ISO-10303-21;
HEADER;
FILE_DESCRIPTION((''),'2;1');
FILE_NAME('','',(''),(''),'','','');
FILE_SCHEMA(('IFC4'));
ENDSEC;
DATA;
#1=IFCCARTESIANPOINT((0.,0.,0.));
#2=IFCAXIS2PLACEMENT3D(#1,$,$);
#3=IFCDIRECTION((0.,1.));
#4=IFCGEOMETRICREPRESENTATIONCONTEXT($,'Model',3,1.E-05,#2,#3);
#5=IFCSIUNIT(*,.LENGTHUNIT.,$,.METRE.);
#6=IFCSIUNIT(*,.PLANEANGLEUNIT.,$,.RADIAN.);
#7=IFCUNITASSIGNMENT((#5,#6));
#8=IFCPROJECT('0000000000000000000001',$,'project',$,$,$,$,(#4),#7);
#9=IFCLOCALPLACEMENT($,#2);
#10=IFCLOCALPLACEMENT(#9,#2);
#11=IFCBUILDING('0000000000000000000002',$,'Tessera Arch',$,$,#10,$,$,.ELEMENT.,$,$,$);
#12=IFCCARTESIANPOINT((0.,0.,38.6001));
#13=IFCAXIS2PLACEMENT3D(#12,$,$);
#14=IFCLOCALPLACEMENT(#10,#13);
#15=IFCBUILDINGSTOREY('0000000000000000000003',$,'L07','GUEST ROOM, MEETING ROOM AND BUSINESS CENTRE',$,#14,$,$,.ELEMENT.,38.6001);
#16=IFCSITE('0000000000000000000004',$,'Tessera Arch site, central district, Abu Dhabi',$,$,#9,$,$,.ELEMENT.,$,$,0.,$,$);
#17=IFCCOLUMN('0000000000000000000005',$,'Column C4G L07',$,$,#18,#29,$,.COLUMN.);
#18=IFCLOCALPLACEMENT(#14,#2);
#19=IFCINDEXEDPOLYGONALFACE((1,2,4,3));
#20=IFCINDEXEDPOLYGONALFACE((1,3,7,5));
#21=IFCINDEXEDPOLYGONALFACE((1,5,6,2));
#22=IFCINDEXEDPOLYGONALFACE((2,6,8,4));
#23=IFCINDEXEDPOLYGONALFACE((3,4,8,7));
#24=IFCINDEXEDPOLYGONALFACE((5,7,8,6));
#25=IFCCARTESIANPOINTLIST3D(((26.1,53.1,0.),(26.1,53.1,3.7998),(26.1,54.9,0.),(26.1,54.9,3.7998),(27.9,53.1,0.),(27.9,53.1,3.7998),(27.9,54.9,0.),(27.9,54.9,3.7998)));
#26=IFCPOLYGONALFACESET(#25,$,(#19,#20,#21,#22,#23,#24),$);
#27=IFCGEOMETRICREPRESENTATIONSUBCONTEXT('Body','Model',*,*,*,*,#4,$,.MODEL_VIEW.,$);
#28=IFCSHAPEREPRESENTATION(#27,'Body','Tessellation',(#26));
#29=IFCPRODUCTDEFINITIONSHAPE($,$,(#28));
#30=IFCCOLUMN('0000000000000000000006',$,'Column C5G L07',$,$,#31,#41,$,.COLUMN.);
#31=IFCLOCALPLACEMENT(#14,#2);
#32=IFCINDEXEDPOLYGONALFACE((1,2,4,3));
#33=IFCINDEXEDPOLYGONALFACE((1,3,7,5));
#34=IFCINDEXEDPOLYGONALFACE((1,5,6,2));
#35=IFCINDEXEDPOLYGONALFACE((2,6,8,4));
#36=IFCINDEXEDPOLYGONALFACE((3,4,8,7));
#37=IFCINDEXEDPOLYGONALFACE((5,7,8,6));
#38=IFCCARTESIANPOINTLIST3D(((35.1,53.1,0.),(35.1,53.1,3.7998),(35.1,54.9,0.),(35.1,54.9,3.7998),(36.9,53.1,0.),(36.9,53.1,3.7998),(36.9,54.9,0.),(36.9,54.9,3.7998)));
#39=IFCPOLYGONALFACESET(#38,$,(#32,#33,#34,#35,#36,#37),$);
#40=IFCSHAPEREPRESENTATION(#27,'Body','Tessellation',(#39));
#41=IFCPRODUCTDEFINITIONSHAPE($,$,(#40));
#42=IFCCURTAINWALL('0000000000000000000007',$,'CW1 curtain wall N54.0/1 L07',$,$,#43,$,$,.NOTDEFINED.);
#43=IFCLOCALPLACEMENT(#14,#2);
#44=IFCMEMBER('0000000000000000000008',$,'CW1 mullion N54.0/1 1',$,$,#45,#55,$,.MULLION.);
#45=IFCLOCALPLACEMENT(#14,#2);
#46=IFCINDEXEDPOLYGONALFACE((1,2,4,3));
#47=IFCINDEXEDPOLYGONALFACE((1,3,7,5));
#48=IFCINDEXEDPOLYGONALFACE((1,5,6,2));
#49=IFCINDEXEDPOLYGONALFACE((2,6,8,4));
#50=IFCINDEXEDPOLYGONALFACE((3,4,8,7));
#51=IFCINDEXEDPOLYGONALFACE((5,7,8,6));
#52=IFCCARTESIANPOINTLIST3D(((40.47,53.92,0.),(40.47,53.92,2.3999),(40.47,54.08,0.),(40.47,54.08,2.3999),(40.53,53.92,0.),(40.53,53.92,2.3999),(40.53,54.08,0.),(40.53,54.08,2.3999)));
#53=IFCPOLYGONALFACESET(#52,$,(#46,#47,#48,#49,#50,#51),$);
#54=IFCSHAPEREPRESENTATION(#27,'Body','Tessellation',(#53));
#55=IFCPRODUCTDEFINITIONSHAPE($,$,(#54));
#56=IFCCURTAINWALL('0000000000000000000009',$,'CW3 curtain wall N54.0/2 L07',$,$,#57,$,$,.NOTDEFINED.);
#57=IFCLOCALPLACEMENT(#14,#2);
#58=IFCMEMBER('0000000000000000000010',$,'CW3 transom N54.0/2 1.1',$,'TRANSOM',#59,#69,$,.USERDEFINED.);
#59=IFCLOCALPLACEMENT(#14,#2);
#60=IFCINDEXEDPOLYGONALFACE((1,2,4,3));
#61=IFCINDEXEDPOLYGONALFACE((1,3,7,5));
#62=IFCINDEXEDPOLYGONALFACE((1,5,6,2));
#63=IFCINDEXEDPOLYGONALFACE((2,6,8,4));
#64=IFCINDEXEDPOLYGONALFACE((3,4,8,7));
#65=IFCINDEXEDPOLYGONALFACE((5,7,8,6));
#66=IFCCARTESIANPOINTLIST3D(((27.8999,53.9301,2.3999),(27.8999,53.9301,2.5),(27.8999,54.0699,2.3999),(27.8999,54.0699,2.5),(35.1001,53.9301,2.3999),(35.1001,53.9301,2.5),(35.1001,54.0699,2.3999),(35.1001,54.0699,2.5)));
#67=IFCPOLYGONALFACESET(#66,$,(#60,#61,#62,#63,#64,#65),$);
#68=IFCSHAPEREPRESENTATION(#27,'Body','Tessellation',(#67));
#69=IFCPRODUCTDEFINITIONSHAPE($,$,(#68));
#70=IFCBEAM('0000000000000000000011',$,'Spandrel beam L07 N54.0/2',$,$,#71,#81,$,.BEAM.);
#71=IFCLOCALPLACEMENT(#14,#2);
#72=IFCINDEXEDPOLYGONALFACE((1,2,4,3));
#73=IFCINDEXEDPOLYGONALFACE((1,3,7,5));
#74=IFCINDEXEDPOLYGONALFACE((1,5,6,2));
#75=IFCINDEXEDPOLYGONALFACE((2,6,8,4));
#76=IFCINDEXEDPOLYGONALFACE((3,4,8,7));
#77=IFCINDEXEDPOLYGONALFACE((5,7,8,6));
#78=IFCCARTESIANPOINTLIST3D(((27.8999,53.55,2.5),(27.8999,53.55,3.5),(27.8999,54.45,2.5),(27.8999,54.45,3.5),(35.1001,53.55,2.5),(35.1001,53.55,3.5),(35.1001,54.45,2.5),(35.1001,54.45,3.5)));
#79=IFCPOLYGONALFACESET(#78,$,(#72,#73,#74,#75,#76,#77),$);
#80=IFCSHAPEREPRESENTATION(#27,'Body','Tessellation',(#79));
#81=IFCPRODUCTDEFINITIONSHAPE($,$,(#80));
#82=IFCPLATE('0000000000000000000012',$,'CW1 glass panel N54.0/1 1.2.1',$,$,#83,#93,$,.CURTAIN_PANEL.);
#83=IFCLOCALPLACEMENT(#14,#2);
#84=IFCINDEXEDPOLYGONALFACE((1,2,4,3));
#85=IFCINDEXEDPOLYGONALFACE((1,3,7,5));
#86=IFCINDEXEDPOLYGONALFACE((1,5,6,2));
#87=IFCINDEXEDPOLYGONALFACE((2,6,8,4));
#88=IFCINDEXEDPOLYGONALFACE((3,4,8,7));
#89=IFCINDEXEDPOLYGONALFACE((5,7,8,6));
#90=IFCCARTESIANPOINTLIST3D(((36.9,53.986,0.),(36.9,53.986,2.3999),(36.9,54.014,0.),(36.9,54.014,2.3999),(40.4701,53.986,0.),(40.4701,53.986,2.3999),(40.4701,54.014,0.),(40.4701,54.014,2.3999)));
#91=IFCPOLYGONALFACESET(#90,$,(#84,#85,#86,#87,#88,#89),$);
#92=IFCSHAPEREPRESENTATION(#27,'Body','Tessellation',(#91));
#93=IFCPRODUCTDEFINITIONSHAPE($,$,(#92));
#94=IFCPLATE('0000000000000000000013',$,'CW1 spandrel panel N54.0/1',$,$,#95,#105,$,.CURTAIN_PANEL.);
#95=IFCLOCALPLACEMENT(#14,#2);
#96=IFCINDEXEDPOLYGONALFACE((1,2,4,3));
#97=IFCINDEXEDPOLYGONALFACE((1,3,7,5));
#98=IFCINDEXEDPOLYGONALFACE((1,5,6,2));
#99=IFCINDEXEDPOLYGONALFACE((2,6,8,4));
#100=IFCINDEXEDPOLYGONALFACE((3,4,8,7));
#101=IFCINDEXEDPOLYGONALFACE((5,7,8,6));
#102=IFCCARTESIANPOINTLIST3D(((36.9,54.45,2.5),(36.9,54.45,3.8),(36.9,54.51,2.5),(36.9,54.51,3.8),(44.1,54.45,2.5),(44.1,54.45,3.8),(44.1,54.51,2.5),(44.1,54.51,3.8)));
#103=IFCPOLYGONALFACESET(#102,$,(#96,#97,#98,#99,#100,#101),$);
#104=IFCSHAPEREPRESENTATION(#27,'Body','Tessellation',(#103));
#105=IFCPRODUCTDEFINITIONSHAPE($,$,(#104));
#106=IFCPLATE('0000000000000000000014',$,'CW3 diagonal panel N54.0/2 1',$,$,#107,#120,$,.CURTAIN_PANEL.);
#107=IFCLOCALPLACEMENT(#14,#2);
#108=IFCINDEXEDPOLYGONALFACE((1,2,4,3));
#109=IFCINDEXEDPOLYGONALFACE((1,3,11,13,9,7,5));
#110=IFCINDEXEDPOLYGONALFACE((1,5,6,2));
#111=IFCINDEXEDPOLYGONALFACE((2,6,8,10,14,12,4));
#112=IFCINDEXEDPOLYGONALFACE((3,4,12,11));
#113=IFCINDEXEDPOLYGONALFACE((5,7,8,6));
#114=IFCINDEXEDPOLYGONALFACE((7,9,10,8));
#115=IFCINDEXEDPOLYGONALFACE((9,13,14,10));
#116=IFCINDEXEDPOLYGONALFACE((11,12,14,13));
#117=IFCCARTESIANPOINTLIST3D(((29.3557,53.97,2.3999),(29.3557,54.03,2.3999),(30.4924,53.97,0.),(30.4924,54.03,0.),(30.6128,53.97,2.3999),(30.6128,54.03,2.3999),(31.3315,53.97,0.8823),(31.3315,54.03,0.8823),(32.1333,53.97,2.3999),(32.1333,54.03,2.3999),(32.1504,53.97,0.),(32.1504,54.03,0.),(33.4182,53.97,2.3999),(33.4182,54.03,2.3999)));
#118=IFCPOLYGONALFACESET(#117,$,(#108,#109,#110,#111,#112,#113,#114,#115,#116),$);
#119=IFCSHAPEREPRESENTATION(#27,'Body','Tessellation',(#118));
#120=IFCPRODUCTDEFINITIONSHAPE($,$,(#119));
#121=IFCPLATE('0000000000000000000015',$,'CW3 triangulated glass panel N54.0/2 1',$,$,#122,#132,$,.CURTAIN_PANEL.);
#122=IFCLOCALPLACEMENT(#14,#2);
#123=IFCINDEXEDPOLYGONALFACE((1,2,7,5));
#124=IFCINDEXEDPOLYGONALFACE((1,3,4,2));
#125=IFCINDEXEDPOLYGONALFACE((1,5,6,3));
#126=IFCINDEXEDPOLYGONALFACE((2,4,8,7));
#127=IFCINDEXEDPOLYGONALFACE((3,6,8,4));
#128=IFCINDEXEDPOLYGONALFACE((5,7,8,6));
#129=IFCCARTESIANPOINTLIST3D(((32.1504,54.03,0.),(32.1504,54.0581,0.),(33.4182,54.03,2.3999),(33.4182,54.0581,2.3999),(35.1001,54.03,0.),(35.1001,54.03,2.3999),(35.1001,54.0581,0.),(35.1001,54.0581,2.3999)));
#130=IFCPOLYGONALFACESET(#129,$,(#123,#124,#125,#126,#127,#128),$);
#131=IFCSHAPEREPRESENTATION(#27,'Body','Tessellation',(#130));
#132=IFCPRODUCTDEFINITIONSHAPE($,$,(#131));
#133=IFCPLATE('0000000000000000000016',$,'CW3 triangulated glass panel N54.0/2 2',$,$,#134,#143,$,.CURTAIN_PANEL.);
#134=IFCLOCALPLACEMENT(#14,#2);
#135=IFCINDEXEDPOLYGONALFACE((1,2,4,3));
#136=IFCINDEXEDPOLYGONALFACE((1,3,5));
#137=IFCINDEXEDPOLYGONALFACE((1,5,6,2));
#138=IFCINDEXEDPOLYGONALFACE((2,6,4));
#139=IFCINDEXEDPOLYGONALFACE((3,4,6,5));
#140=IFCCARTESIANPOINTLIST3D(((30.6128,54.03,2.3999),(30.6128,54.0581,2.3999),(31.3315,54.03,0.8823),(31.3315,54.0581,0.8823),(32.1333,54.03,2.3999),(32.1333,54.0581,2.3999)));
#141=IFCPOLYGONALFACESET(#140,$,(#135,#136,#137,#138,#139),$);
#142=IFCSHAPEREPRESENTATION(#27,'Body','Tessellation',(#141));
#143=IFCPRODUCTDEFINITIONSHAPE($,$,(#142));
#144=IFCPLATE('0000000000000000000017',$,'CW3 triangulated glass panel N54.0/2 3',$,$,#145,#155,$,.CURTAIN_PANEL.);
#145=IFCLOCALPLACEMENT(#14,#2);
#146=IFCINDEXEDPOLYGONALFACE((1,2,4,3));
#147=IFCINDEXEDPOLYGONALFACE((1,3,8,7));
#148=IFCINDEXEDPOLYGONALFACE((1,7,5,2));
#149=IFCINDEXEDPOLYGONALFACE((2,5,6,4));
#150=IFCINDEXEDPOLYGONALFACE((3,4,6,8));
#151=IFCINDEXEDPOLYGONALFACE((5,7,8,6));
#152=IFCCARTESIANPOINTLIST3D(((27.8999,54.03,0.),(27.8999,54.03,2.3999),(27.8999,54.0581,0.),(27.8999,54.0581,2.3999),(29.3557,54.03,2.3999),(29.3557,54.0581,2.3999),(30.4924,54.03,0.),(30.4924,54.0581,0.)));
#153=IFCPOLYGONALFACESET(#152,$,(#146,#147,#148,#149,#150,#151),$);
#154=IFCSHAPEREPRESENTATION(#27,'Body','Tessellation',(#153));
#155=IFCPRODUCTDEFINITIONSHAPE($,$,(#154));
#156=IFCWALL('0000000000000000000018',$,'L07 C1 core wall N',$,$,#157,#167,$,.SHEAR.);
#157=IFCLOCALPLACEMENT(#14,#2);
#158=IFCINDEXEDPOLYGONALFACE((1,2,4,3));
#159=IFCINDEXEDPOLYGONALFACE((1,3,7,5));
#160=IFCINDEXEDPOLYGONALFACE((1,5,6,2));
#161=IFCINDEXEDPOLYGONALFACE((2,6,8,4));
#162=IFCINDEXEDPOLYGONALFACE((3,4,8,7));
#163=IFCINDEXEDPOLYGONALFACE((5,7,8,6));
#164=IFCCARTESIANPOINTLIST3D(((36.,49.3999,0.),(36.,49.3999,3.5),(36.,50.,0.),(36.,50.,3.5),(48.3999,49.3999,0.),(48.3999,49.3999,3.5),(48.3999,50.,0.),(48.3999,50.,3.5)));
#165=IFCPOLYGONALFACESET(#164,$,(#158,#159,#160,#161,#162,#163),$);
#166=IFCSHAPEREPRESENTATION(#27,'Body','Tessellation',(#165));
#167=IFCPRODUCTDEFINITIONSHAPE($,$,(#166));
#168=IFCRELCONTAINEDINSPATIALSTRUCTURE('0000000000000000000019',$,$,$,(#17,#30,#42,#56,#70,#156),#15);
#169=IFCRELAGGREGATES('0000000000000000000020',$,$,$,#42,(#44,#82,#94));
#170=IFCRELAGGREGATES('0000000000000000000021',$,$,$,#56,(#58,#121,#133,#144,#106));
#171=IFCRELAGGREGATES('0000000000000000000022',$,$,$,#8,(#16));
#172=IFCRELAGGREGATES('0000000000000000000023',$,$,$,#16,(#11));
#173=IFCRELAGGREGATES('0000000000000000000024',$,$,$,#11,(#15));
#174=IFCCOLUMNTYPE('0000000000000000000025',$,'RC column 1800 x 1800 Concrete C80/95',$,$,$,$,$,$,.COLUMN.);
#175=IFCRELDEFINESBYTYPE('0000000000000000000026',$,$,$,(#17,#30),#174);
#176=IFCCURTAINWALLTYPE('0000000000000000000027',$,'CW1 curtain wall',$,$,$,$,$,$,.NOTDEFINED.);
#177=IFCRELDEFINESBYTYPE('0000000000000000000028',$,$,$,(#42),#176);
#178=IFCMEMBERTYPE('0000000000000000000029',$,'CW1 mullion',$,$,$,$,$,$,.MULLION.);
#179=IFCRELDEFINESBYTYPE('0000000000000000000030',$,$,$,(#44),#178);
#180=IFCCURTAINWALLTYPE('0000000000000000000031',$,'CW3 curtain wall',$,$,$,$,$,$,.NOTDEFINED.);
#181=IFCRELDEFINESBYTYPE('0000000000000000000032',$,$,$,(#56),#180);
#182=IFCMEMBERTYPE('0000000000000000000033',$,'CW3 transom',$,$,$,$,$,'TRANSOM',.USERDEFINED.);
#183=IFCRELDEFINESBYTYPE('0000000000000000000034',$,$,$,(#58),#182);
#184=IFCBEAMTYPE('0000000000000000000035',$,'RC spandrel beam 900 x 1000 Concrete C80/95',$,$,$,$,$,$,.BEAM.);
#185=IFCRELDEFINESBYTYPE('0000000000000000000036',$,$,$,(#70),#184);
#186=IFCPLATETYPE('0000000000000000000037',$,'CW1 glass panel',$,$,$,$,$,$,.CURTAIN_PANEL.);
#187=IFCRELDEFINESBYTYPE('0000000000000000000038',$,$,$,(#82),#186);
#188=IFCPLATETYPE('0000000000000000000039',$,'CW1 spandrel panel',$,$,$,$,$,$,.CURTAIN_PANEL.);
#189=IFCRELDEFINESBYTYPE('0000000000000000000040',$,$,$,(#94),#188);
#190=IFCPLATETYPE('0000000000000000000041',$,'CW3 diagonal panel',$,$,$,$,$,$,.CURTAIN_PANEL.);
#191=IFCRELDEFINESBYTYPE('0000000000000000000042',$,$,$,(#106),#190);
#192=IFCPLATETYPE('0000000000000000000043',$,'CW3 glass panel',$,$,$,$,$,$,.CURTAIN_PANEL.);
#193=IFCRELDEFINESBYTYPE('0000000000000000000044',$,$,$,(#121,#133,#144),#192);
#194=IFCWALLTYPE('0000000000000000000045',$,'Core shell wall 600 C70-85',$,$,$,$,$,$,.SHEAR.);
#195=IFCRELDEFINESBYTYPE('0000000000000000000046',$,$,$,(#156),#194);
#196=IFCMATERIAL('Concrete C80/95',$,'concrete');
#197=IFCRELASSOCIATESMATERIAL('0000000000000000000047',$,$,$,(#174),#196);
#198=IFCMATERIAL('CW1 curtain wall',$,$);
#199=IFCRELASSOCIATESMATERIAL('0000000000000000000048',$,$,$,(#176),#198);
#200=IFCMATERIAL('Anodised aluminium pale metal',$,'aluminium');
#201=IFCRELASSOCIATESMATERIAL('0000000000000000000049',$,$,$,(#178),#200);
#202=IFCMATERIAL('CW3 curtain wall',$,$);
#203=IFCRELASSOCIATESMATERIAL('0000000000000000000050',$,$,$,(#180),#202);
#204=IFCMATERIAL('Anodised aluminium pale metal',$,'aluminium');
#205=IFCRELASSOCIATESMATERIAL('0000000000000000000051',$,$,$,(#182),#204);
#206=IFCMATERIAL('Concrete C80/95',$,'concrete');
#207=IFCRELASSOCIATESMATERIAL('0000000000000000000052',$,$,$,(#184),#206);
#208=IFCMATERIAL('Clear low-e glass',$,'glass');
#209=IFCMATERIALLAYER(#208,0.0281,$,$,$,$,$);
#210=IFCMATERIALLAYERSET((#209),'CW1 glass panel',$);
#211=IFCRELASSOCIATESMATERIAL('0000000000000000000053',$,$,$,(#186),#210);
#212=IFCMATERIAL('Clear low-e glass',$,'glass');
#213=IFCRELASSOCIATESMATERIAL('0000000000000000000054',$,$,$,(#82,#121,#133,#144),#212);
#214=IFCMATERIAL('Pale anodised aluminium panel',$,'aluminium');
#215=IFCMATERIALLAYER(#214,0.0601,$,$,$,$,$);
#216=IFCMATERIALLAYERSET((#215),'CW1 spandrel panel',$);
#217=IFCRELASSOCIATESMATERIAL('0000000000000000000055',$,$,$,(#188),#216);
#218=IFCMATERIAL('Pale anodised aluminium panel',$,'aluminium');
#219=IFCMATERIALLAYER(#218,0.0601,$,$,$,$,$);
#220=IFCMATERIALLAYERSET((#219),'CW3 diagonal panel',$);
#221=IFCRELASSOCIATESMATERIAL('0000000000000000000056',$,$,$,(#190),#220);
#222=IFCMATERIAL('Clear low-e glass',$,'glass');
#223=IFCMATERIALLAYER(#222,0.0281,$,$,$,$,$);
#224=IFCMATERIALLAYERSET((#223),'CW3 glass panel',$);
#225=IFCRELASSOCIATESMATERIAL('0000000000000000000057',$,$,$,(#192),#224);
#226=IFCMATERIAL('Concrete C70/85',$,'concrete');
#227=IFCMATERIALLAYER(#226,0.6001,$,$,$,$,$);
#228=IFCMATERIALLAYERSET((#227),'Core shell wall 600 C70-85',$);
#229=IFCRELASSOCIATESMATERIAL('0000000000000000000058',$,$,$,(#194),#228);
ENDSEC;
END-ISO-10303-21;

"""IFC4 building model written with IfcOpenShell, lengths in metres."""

from ifc_helpers import new_model, si_unit, direction, frame, frame_2d, origin, origin_2d, place, context, subcontext, project, spatial, polyline, rectangle, outline, extrude, material, layer, layer_set, material_profile, profile_set, type_object, element, aggregate, save


model = new_model("IFC4")

# Units and contexts
model_context = context("Model", 3, precision=1e-05, world=origin(), true_north=direction((0.0, 1.0)))
body_context = subcontext(model_context, "Body", "Model", "MODEL_VIEW")
ifc_project = project(units=[si_unit("LENGTHUNIT", "METRE"), si_unit("PLANEANGLEUNIT", "RADIAN")], contexts=[model_context])

# Site, building, storey
site_placement = place(None, origin())
site = spatial("IfcSite", under=ifc_project, at=site_placement, Name="Tessera Arch site, central district, Abu Dhabi", CompositionType="ELEMENT", RefElevation=0.0)
building_placement = place(site_placement, origin())
building = spatial("IfcBuilding", under=site, at=building_placement, Name="Tessera Arch", CompositionType="ELEMENT")
storey_placement = place(building_placement, frame((0.0, 0.0, 38.6001)))
storey = spatial("IfcBuildingStorey", under=building, at=storey_placement, Name="L07", Description="GUEST ROOM, MEETING ROOM AND BUSINESS CENTRE", CompositionType="ELEMENT", Elevation=38.6001)

# Columns
ifc_material_1 = material(Name="Concrete C80/95", Category="concrete")
ifc_material_profile_1 = material_profile(ifc_material_1, rectangle(XDim=1.8, YDim=1.8, at=origin_2d()), Name="RC column 1800 x 1800 Concrete C80/95")
ifc_profile_set_1 = profile_set([ifc_material_profile_1], Name="Concrete C80/95")
column_type = type_object("IfcColumnType", Name="RC column 1800 x 1800 Concrete C80/95", PredefinedType="COLUMN", material=ifc_profile_set_1)
for number, where, z_axis, x_axis, name in (
    (1, (27.0, 54.0, 0.0), (0.0, 0.0, 1.0), (1.0, 0.0, 0.0), "Column C4G L07"),
    (2, (36.0, 54.0, 0.0), (0.0, 0.0, 1.0), (1.0, 0.0, 0.0), "Column C5G L07"),
):
    element("IfcColumn", number, at=place(storey_placement, frame(where, z_axis=z_axis, x_axis=x_axis)), inside=storey, type_object=column_type, Name=name, PredefinedType="COLUMN", context=body_context, shape_type="SweptSolid", body=[
        extrude(rectangle(XDim=1.8, YDim=1.8, at=origin_2d()), origin(), (0.0, 0.0, 1.0), 3.7998),
    ])

# Curtain walls, members
ifc_material_2 = material(Name="CW1 curtain wall")
curtain_wall_type_1 = type_object("IfcCurtainWallType", Name="CW1 curtain wall", PredefinedType="NOTDEFINED", material=ifc_material_2)
curtain_wall_1_placement = place(storey_placement, origin())
curtain_wall_1 = element("IfcCurtainWall", 3, at=curtain_wall_1_placement, inside=storey, type_object=curtain_wall_type_1, Name="CW1 curtain wall N54.0/1 L07", PredefinedType="NOTDEFINED")
ifc_material_3 = material(Name="Anodised aluminium pale metal", Category="aluminium")
ifc_material_profile_2 = material_profile(ifc_material_3, rectangle(XDim=0.1599, YDim=0.0601, at=origin_2d()), Name="AL 60x160")
ifc_profile_set_2 = profile_set([ifc_material_profile_2], Name="Anodised aluminium pale metal")
member_type_1 = type_object("IfcMemberType", Name="CW1 mullion", PredefinedType="MULLION", material=ifc_profile_set_2)
member_1_placement = place(storey_placement, frame((40.5, 54.0, 0.0), z_axis=(0.0, 0.0, 1.0), x_axis=(0.0, -1.0, 0.0)))
member_1 = element("IfcMember", 4, at=member_1_placement, type_object=member_type_1, Name="CW1 mullion N54.0/1 1", PredefinedType="MULLION", context=body_context, shape_type="SweptSolid", body=[
    extrude(rectangle(XDim=0.1599, YDim=0.0601, at=origin_2d()), origin(), (0.0, 0.0, 1.0), 2.3999),
])
ifc_material_4 = material(Name="CW3 curtain wall")
curtain_wall_type_2 = type_object("IfcCurtainWallType", Name="CW3 curtain wall", PredefinedType="NOTDEFINED", material=ifc_material_4)
curtain_wall_2_placement = place(storey_placement, origin())
curtain_wall_2 = element("IfcCurtainWall", 5, at=curtain_wall_2_placement, inside=storey, type_object=curtain_wall_type_2, Name="CW3 curtain wall N54.0/2 L07", PredefinedType="NOTDEFINED")
ifc_material_5 = material(Name="Anodised aluminium pale metal", Category="aluminium")
ifc_material_profile_3 = material_profile(ifc_material_5, rectangle(XDim=0.1399, YDim=0.1001, at=origin_2d()), Name="AL 140x100")
ifc_profile_set_3 = profile_set([ifc_material_profile_3], Name="Anodised aluminium pale metal")
member_type_2 = type_object("IfcMemberType", Name="CW3 transom", ElementType="TRANSOM", PredefinedType="USERDEFINED", material=ifc_profile_set_3)
member_2_placement = place(storey_placement, frame((35.1001, 54.0, 2.45), z_axis=(-1.0, 0.0, 0.0), x_axis=(0.0, -1.0, 0.0)))
member_2 = element("IfcMember", 6, at=member_2_placement, type_object=member_type_2, Name="CW3 transom N54.0/2 1.1", ObjectType="TRANSOM", PredefinedType="USERDEFINED", context=body_context, shape_type="SweptSolid", body=[
    extrude(rectangle(XDim=0.1399, YDim=0.1001, at=origin_2d()), origin(), (0.0, 0.0, 1.0), 7.2002),
])

# Beam
ifc_material_6 = material(Name="Concrete C80/95", Category="concrete")
ifc_material_profile_4 = material_profile(ifc_material_6, rectangle(XDim=0.8999, YDim=1.0, at=origin_2d()), Name="RC spandrel beam 900 x 1000 Concrete C80/95")
ifc_profile_set_4 = profile_set([ifc_material_profile_4], Name="Concrete C80/95")
beam_type = type_object("IfcBeamType", Name="RC spandrel beam 900 x 1000 Concrete C80/95", PredefinedType="BEAM", material=ifc_profile_set_4)
beam_placement = place(storey_placement, frame((35.1001, 54.0, 3.0), z_axis=(-1.0, 0.0, 0.0), x_axis=(0.0, -1.0, 0.0)))
element("IfcBeam", 7, at=beam_placement, inside=storey, type_object=beam_type, Name="Spandrel beam L07 N54.0/2", PredefinedType="BEAM", context=body_context, shape_type="SweptSolid", body=[
    extrude(rectangle(XDim=0.8999, YDim=1.0, at=origin_2d()), origin(), (0.0, 0.0, 1.0), 7.2002),
])

# Plates
ifc_material_7 = material(Name="Clear low-e glass", Category="glass")
ifc_material_8 = material(Name="Clear low-e glass", Category="glass")
ifc_layer_1 = layer(ifc_material_8, 0.0281)
ifc_layer_set_1 = layer_set([ifc_layer_1], Name="CW1 glass panel")
plate_type_1 = type_object("IfcPlateType", Name="CW1 glass panel", PredefinedType="CURTAIN_PANEL", material=ifc_layer_set_1)
plate_1_placement = place(storey_placement, frame((38.6851, 54.0, 0.0), z_axis=(0.0, 0.0, 1.0), x_axis=(-1.0, 0.0, 0.0)))
plate_1 = element("IfcPlate", 8, at=plate_1_placement, type_object=plate_type_1, material=ifc_material_7, Name="CW1 glass panel N54.0/1 1.2.1", PredefinedType="CURTAIN_PANEL", context=body_context, shape_type="SweptSolid", body=[
    extrude(rectangle(XDim=3.5701, YDim=0.0281, at=origin_2d()), origin(), (0.0, 0.0, 1.0), 2.3999),
])
ifc_material_9 = material(Name="Pale anodised aluminium panel", Category="aluminium")
ifc_layer_2 = layer(ifc_material_9, 0.0601)
ifc_layer_set_2 = layer_set([ifc_layer_2], Name="CW1 spandrel panel")
plate_type_2 = type_object("IfcPlateType", Name="CW1 spandrel panel", PredefinedType="CURTAIN_PANEL", material=ifc_layer_set_2)
plate_2_placement = place(storey_placement, frame((40.5, 54.48, 2.5), z_axis=(0.0, 0.0, 1.0), x_axis=(-1.0, 0.0, 0.0)))
plate_2 = element("IfcPlate", 9, at=plate_2_placement, type_object=plate_type_2, Name="CW1 spandrel panel N54.0/1", PredefinedType="CURTAIN_PANEL", context=body_context, shape_type="SweptSolid", body=[
    extrude(rectangle(XDim=7.2, YDim=0.0601, at=origin_2d()), origin(), (0.0, 0.0, 1.0), 1.3),
])
aggregate(curtain_wall_1, [member_1, plate_1, plate_2])
ifc_material_10 = material(Name="Pale anodised aluminium panel", Category="aluminium")
ifc_layer_3 = layer(ifc_material_10, 0.0601)
ifc_layer_set_3 = layer_set([ifc_layer_3], Name="CW3 diagonal panel")
plate_type_3 = type_object("IfcPlateType", Name="CW3 diagonal panel", PredefinedType="CURTAIN_PANEL", material=ifc_layer_set_3)
plate_3_placement = place(storey_placement, frame((29.3557, 54.03, 2.3999), z_axis=(0.0, 1.0, 0.0), x_axis=(1.0, 0.0, 0.0)))
plate_3 = element("IfcPlate", 10, at=plate_3_placement, type_object=plate_type_3, Name="CW3 diagonal panel N54.0/2 1", PredefinedType="CURTAIN_PANEL", context=body_context, shape_type="SweptSolid", body=[
    extrude(outline(polyline([(0.0, 0.0), (1.2571, 0.0), (1.9758, 1.5176), (2.7776, 0.0), (4.0625, 0.0), (2.7947, 2.3999), (1.1367, 2.3999), (0.0, 0.0)])), origin(), (0.0, 0.0, -1.0), 0.0601),
])
ifc_material_11 = material(Name="Clear low-e glass", Category="glass")
ifc_layer_4 = layer(ifc_material_11, 0.0281)
ifc_layer_set_4 = layer_set([ifc_layer_4], Name="CW3 glass panel")
plate_type_4 = type_object("IfcPlateType", Name="CW3 glass panel", PredefinedType="CURTAIN_PANEL", material=ifc_layer_set_4)
plate_4_placement = place(storey_placement, frame((35.1001, 54.0581, 0.0), z_axis=(0.0, 1.0, 0.0), x_axis=(-1.0, 0.0, 0.0)))
plate_4 = element("IfcPlate", 11, at=plate_4_placement, type_object=plate_type_4, material=ifc_material_7, Name="CW3 triangulated glass panel N54.0/2 1", PredefinedType="CURTAIN_PANEL", context=body_context, shape_type="SweptSolid", body=[
    extrude(outline(polyline([(0.0, 0.0), (2.9497, 0.0), (1.6819, 2.3999), (0.0, 2.3999), (0.0, 0.0)])), origin(), (0.0, 0.0, -1.0), 0.0281),
])
plate_5_placement = place(storey_placement, frame((30.6128, 54.0581, 2.3999), z_axis=(0.0, 1.0, 0.0), x_axis=(1.0, 0.0, 0.0)))
plate_5 = element("IfcPlate", 12, at=plate_5_placement, type_object=plate_type_4, material=ifc_material_7, Name="CW3 triangulated glass panel N54.0/2 2", PredefinedType="CURTAIN_PANEL", context=body_context, shape_type="SweptSolid", body=[
    extrude(outline(polyline([(0.0, 0.0), (1.5205, 0.0), (0.7188, 1.5176), (0.0, 0.0)])), origin(), (0.0, 0.0, -1.0), 0.0281),
])
plate_6_placement = place(storey_placement, frame((27.8999, 54.0581, 2.3999), z_axis=(0.0, 1.0, 0.0), x_axis=(1.0, 0.0, 0.0)))
plate_6 = element("IfcPlate", 13, at=plate_6_placement, type_object=plate_type_4, material=ifc_material_7, Name="CW3 triangulated glass panel N54.0/2 3", PredefinedType="CURTAIN_PANEL", context=body_context, shape_type="SweptSolid", body=[
    extrude(outline(polyline([(0.0, 0.0), (1.4558, 0.0), (2.5925, 2.3999), (0.0, 2.3999), (0.0, 0.0)])), origin(), (0.0, 0.0, -1.0), 0.0281),
])
aggregate(curtain_wall_2, [member_2, plate_4, plate_5, plate_6, plate_3])

# Wall
ifc_material_12 = material(Name="Concrete C70/85", Category="concrete")
ifc_layer_5 = layer(ifc_material_12, 0.6001)
ifc_layer_set_5 = layer_set([ifc_layer_5], Name="Core shell wall 600 C70-85")
wall_type_1 = type_object("IfcWallType", Name="Core shell wall 600 C70-85", PredefinedType="SHEAR", material=ifc_layer_set_5)
wall_1_placement = place(storey_placement, frame((36.0, 49.7, 0.0), z_axis=(0.0, 0.0, 1.0), x_axis=(1.0, 0.0, 0.0)))
element("IfcWall", 14, at=wall_1_placement, inside=storey, type_object=wall_type_1, Name="L07 C1 core wall N", PredefinedType="SHEAR", context=body_context, shape_type="SweptSolid", body=[
    extrude(rectangle(XDim=12.3999, YDim=0.6001, at=frame_2d((6.2, 0.0))), origin(), (0.0, 0.0, 1.0), 3.5),
])

save(model, "model.ifc")
